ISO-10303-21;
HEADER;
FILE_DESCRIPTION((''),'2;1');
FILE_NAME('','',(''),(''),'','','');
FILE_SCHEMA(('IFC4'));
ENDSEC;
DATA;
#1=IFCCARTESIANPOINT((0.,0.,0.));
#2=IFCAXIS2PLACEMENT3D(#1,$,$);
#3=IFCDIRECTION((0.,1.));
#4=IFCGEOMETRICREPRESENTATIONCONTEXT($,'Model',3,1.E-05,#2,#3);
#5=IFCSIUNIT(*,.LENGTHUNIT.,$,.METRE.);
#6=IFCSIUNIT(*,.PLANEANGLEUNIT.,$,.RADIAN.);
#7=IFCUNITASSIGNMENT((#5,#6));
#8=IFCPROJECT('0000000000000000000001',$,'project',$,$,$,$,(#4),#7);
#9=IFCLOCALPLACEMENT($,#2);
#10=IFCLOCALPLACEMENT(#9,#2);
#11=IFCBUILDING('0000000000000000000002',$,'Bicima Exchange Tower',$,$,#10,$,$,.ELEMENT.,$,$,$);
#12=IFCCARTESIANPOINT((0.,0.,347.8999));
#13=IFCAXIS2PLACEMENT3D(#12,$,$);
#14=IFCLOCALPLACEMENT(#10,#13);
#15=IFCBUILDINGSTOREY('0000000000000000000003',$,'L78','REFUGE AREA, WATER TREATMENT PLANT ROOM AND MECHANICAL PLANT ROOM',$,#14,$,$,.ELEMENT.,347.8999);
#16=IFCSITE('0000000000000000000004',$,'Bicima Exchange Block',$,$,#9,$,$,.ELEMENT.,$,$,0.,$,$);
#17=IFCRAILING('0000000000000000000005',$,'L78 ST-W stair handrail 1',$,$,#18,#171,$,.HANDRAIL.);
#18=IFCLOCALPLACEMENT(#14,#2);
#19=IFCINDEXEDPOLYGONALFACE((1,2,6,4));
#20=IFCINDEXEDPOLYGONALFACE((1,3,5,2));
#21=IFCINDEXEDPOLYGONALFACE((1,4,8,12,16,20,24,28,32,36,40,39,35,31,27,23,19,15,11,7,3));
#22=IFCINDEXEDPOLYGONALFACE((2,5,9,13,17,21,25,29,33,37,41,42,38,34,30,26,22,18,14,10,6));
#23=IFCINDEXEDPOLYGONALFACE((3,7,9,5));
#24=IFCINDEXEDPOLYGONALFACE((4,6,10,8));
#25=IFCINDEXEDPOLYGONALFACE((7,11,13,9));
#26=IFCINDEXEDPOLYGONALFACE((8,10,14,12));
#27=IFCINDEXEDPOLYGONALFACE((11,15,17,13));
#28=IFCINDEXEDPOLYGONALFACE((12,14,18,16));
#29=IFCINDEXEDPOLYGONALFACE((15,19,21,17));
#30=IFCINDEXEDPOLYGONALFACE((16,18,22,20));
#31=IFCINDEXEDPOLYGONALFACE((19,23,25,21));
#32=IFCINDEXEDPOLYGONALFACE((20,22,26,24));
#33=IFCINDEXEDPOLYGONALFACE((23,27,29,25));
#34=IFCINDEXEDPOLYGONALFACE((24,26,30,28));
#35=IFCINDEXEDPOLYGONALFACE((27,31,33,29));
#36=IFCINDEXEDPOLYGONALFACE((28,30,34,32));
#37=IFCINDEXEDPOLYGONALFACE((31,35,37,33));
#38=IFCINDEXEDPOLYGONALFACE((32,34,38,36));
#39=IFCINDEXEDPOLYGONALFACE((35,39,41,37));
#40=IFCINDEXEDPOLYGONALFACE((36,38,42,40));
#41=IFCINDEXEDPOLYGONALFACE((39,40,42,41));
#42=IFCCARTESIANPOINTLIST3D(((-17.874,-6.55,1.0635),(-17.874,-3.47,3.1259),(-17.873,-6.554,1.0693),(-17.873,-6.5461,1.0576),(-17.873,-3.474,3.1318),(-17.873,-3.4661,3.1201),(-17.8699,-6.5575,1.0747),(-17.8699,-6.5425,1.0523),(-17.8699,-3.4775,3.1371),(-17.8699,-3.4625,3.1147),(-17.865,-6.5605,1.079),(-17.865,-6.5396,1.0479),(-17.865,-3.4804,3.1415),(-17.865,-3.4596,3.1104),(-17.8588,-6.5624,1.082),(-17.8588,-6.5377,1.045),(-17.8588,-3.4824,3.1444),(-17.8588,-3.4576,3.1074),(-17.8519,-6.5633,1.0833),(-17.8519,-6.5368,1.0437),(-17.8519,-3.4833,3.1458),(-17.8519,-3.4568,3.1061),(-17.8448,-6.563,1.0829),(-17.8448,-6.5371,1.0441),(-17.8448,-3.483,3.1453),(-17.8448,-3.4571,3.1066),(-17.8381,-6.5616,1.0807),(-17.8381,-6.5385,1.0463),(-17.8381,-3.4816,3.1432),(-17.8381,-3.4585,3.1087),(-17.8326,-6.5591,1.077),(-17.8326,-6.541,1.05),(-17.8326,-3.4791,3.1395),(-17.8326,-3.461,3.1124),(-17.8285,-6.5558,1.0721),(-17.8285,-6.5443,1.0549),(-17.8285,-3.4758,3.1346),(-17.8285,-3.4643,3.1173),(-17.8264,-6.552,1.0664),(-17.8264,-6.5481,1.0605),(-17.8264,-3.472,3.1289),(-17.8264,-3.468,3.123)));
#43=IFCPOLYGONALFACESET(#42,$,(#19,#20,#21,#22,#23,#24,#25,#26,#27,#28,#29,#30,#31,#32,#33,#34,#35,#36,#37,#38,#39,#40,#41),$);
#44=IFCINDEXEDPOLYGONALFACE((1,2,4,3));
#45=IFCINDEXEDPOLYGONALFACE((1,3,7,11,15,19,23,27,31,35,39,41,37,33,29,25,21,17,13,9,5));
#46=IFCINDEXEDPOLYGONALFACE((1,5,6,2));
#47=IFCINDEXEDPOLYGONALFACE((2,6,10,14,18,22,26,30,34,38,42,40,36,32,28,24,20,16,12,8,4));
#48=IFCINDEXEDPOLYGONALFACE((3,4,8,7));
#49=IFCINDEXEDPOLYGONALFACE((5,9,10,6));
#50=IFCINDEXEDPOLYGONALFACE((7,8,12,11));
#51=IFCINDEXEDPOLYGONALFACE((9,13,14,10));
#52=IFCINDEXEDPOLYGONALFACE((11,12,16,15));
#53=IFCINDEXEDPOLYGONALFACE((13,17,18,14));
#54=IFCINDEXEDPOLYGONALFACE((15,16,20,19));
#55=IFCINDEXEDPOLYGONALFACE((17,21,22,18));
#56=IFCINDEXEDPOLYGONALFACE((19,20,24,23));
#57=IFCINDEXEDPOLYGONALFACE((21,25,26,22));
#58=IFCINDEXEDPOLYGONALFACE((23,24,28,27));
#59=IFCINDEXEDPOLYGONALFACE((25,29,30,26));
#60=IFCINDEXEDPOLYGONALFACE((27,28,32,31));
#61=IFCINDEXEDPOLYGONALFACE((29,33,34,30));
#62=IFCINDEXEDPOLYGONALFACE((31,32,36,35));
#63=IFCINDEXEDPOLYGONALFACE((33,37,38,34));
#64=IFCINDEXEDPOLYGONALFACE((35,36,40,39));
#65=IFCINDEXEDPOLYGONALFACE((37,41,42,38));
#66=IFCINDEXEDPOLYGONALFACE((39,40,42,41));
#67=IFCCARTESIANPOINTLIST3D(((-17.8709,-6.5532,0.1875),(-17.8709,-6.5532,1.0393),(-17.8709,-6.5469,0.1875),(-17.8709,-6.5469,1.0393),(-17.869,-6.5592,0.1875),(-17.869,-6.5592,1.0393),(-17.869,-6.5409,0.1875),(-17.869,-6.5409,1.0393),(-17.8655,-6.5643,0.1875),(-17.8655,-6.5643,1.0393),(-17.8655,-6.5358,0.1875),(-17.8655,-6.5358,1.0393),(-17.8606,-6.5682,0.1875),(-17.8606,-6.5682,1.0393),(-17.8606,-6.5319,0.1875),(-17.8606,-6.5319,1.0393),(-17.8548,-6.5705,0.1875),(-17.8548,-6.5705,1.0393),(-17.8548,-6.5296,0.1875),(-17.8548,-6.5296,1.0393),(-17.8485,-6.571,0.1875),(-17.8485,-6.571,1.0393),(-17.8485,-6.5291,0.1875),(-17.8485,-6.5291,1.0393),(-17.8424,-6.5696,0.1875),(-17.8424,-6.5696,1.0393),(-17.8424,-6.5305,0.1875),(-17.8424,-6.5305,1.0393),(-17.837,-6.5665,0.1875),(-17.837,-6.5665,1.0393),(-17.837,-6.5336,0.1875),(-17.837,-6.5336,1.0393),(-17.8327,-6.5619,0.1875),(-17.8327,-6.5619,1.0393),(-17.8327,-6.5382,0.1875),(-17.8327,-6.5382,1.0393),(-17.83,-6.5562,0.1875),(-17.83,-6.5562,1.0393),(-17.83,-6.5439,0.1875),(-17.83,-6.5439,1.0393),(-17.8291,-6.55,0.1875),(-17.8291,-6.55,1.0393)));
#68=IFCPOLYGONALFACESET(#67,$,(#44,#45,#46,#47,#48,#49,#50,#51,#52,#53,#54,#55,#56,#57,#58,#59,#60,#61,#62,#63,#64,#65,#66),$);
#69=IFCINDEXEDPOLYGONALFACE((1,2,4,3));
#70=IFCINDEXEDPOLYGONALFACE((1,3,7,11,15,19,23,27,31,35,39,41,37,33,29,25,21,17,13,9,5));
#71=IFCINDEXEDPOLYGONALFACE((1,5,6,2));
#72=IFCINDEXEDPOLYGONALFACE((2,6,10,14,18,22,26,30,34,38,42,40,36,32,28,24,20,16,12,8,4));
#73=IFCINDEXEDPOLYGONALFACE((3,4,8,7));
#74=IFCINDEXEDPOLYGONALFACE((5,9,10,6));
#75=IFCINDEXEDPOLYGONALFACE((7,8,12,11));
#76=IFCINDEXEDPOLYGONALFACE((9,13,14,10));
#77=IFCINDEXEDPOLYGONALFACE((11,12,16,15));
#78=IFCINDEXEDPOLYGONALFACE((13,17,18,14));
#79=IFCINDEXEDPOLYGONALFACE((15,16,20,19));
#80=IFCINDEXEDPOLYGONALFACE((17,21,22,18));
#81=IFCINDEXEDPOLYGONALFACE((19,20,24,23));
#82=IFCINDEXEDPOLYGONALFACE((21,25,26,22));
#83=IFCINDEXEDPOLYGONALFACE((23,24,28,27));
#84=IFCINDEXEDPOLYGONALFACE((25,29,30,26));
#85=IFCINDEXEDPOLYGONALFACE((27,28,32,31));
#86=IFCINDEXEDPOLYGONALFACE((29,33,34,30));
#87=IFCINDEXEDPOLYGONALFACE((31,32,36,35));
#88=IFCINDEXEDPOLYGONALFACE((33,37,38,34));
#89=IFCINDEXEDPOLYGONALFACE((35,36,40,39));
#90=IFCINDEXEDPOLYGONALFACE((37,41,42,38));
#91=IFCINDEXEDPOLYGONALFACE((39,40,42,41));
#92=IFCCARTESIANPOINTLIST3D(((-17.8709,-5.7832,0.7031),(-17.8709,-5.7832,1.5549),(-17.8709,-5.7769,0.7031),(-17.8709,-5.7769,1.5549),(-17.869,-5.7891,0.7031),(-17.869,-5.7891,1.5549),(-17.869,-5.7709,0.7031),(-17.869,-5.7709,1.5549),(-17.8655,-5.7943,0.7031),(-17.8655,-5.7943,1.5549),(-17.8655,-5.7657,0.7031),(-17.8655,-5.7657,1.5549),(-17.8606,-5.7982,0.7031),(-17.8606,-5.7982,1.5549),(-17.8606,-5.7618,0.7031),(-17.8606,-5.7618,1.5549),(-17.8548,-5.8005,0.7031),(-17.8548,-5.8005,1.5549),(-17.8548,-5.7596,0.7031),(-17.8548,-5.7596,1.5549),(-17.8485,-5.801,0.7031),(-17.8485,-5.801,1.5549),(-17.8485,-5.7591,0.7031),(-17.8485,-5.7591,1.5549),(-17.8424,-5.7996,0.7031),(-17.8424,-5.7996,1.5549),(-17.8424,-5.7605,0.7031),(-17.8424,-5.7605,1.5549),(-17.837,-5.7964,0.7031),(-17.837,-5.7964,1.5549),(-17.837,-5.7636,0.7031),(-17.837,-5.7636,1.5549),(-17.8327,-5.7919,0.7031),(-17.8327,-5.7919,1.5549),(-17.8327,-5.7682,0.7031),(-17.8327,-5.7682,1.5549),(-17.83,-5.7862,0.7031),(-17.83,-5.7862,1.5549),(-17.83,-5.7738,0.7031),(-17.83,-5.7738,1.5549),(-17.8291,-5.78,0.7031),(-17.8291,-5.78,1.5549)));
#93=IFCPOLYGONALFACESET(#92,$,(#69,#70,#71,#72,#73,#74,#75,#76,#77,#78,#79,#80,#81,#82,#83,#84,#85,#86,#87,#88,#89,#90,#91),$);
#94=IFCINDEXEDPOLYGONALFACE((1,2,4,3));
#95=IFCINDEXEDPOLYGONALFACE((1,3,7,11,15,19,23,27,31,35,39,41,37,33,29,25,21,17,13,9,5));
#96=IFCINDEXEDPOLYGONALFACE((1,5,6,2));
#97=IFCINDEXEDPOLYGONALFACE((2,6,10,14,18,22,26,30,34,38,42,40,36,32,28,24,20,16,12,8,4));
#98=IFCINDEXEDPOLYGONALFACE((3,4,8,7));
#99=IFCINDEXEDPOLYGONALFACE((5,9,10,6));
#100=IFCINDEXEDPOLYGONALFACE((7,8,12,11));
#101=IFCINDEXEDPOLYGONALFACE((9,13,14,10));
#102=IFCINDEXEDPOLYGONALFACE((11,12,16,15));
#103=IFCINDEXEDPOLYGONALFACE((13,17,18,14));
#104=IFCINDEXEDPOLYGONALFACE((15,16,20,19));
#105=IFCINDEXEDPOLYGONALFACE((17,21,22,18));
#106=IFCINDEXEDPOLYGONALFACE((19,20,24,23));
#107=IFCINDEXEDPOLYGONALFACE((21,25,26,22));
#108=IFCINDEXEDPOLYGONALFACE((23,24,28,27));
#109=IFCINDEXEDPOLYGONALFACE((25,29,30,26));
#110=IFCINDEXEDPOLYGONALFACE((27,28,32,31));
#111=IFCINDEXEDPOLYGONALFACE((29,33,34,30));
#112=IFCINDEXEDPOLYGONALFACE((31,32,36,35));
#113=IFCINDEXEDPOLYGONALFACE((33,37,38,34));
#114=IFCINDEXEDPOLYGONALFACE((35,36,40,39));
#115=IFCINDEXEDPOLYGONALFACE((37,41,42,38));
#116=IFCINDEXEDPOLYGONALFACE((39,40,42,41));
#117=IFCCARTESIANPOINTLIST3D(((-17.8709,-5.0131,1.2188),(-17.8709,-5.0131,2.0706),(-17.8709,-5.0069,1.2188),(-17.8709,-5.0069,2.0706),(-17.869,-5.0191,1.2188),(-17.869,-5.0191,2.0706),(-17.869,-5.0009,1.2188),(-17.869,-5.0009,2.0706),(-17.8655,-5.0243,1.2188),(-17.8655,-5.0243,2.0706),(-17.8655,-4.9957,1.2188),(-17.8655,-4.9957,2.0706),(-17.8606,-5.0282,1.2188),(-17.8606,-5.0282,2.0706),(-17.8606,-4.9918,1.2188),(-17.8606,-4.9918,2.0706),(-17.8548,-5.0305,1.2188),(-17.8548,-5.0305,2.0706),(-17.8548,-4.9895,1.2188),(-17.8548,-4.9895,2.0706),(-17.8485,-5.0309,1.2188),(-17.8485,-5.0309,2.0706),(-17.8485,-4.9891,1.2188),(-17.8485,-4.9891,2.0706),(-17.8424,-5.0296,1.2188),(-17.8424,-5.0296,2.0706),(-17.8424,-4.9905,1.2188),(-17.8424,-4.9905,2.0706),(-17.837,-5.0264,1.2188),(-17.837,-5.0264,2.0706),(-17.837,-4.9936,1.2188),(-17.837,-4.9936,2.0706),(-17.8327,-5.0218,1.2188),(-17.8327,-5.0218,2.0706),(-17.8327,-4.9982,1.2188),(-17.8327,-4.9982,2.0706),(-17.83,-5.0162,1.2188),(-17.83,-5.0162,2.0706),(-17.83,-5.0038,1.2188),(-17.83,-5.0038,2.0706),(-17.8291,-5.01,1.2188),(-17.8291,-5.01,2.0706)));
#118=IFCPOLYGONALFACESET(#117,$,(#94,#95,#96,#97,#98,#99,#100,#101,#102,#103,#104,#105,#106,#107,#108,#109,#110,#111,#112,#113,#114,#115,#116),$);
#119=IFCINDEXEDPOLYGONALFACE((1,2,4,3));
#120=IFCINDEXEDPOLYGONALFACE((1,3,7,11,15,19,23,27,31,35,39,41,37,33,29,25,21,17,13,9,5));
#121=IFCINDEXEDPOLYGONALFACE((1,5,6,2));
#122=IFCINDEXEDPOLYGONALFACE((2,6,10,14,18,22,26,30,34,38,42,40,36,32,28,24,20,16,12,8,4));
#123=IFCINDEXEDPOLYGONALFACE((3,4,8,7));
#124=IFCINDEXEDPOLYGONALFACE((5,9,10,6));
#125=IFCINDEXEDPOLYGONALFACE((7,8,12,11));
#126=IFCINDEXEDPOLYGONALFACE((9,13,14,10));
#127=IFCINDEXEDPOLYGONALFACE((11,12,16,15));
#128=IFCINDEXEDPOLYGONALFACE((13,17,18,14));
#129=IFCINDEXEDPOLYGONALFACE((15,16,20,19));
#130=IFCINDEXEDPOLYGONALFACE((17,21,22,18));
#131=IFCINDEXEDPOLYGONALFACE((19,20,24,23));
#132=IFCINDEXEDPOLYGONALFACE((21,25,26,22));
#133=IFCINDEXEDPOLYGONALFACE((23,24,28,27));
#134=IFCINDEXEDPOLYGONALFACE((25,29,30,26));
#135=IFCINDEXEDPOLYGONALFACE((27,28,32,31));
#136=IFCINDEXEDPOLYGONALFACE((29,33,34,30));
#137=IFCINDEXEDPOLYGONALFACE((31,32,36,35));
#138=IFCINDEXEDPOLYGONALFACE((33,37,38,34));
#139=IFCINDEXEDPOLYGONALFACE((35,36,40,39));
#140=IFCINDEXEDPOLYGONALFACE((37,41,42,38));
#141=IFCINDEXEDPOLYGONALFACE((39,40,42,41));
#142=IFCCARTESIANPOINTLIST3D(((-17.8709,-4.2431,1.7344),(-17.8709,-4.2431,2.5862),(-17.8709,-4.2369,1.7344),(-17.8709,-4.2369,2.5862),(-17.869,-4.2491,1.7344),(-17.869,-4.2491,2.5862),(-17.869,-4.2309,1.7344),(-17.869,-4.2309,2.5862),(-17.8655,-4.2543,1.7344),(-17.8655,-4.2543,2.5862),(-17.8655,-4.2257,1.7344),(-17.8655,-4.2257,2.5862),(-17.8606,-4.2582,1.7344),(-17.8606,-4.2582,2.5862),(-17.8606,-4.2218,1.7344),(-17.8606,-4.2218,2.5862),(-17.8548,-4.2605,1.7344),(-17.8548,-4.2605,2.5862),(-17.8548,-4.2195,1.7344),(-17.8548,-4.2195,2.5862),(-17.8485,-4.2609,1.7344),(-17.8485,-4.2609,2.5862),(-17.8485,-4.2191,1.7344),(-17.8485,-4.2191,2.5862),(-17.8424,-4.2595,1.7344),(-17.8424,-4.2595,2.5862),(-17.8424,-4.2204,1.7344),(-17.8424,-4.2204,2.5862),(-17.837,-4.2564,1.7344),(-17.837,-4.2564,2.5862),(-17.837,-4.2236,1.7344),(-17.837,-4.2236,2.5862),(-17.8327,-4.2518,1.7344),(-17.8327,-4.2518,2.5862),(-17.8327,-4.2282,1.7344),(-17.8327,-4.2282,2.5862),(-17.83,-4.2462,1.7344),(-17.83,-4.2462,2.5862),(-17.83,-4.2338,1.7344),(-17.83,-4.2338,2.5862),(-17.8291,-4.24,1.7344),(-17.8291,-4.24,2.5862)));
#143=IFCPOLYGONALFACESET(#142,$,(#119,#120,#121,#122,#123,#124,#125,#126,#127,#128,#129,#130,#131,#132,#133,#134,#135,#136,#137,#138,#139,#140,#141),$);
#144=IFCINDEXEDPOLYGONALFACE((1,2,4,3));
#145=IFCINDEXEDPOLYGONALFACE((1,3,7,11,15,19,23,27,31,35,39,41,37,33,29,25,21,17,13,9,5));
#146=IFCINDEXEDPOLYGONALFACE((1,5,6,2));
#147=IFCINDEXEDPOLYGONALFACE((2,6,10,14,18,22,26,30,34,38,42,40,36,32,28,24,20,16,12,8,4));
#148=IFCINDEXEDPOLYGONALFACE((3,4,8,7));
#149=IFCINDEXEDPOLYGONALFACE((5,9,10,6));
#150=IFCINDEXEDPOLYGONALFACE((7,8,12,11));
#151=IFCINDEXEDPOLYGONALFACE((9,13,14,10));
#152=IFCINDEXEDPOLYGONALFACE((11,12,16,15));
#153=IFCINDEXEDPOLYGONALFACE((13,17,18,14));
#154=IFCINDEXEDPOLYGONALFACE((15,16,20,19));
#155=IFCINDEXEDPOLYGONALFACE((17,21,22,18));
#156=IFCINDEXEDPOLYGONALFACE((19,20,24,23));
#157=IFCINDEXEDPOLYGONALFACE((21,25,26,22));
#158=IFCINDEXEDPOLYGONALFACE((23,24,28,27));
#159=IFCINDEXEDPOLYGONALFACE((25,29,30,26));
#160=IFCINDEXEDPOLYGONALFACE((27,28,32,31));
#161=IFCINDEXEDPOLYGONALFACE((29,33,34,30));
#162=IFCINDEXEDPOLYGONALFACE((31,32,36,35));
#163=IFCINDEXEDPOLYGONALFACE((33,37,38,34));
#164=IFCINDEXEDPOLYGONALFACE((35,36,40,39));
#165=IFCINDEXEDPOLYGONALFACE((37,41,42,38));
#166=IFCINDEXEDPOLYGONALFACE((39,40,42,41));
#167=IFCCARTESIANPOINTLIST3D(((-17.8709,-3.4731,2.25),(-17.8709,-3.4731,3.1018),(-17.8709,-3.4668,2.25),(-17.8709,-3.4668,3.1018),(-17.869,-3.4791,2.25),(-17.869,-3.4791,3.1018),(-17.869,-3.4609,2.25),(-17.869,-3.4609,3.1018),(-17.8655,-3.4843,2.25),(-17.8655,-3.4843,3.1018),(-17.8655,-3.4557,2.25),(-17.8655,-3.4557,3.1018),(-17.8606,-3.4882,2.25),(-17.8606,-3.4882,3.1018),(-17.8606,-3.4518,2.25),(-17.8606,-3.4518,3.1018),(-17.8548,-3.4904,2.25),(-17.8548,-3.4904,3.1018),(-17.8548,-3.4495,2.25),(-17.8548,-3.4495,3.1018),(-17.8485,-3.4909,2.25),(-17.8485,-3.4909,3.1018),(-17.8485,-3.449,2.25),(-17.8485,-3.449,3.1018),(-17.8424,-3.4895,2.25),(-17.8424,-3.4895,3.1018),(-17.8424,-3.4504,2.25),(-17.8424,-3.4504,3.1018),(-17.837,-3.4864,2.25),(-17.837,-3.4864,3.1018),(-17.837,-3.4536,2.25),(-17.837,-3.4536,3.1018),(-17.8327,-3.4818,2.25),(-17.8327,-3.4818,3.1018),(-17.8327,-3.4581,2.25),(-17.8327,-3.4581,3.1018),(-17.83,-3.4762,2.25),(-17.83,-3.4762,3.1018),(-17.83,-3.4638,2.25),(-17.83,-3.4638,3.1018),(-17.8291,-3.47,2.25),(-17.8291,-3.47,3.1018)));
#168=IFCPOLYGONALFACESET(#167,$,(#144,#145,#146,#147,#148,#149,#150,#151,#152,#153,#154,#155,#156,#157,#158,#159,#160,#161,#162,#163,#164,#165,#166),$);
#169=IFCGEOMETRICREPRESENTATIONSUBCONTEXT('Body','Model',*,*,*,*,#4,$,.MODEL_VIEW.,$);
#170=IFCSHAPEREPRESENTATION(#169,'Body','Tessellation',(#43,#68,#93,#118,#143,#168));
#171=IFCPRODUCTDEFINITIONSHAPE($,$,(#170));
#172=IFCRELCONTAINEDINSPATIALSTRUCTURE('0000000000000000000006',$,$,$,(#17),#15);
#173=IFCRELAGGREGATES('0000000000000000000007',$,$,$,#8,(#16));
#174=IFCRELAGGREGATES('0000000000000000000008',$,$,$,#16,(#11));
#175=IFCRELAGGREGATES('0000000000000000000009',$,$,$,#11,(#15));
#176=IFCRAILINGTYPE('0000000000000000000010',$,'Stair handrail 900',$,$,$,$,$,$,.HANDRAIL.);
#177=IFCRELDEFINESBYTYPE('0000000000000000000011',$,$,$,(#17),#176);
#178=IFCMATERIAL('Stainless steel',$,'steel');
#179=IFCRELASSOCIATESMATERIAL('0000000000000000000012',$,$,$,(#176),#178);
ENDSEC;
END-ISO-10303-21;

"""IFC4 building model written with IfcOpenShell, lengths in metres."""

from ifc_helpers import new_model, si_unit, direction, frame, origin, origin_2d, place, context, subcontext, project, spatial, circle, extrude, material, type_object, element, save


model = new_model("IFC4")

# Units and contexts
model_context = context("Model", 3, precision=1e-05, world=origin(), true_north=direction((0.0, 1.0)))
body_context = subcontext(model_context, "Body", "Model", "MODEL_VIEW")
ifc_project = project(units=[si_unit("LENGTHUNIT", "METRE"), si_unit("PLANEANGLEUNIT", "RADIAN")], contexts=[model_context])

# Site, building, storey
site_placement = place(None, origin())
site = spatial("IfcSite", under=ifc_project, at=site_placement, Name="Bicima Exchange Block", CompositionType="ELEMENT", RefElevation=0.0)
building_placement = place(site_placement, origin())
building = spatial("IfcBuilding", under=site, at=building_placement, Name="Bicima Exchange Tower", CompositionType="ELEMENT")
storey_placement = place(building_placement, frame((0.0, 0.0, 347.8999)))
storey = spatial("IfcBuildingStorey", under=building, at=storey_placement, Name="L78", Description="REFUGE AREA, WATER TREATMENT PLANT ROOM AND MECHANICAL PLANT ROOM", CompositionType="ELEMENT", Elevation=347.8999)

# Shared definitions
ifc_material_1 = material(Name="Stainless steel", Category="steel")

# Railing
railing_type_1 = type_object("IfcRailingType", Name="Stair handrail 900", PredefinedType="HANDRAIL", material=ifc_material_1)
railing_1_placement = place(storey_placement, frame((-17.8501, -6.55, 0.1875)))
element("IfcRailing", 1, at=railing_1_placement, inside=storey, type_object=railing_type_1, Name="L78 ST-W stair handrail 1", PredefinedType="HANDRAIL", context=body_context, shape_type="SweptSolid", body=[
    extrude(circle(Radius=0.0239, at=origin_2d()), frame((0.0, 0.0, 0.876), z_axis=(0.0, 0.830914, 0.556401), x_axis=(-1.0, 0.0, 0.0)), (0.0, 0.0, 1.0), 3.7068),
    extrude(circle(Radius=0.021, at=origin_2d()), origin(), (0.0, 0.0, 1.0), 0.8518),
    extrude(circle(Radius=0.021, at=origin_2d()), frame((0.0, 0.77, 0.5156)), (0.0, 0.0, 1.0), 0.8518),
    extrude(circle(Radius=0.021, at=origin_2d()), frame((0.0, 1.54, 1.0312)), (0.0, 0.0, 1.0), 0.8518),
    extrude(circle(Radius=0.021, at=origin_2d()), frame((0.0, 2.3101, 1.5469)), (0.0, 0.0, 1.0), 0.8518),
    extrude(circle(Radius=0.021, at=origin_2d()), frame((0.0, 3.0801, 2.0625)), (0.0, 0.0, 1.0), 0.8518),
])

save(model, "model.ifc")
